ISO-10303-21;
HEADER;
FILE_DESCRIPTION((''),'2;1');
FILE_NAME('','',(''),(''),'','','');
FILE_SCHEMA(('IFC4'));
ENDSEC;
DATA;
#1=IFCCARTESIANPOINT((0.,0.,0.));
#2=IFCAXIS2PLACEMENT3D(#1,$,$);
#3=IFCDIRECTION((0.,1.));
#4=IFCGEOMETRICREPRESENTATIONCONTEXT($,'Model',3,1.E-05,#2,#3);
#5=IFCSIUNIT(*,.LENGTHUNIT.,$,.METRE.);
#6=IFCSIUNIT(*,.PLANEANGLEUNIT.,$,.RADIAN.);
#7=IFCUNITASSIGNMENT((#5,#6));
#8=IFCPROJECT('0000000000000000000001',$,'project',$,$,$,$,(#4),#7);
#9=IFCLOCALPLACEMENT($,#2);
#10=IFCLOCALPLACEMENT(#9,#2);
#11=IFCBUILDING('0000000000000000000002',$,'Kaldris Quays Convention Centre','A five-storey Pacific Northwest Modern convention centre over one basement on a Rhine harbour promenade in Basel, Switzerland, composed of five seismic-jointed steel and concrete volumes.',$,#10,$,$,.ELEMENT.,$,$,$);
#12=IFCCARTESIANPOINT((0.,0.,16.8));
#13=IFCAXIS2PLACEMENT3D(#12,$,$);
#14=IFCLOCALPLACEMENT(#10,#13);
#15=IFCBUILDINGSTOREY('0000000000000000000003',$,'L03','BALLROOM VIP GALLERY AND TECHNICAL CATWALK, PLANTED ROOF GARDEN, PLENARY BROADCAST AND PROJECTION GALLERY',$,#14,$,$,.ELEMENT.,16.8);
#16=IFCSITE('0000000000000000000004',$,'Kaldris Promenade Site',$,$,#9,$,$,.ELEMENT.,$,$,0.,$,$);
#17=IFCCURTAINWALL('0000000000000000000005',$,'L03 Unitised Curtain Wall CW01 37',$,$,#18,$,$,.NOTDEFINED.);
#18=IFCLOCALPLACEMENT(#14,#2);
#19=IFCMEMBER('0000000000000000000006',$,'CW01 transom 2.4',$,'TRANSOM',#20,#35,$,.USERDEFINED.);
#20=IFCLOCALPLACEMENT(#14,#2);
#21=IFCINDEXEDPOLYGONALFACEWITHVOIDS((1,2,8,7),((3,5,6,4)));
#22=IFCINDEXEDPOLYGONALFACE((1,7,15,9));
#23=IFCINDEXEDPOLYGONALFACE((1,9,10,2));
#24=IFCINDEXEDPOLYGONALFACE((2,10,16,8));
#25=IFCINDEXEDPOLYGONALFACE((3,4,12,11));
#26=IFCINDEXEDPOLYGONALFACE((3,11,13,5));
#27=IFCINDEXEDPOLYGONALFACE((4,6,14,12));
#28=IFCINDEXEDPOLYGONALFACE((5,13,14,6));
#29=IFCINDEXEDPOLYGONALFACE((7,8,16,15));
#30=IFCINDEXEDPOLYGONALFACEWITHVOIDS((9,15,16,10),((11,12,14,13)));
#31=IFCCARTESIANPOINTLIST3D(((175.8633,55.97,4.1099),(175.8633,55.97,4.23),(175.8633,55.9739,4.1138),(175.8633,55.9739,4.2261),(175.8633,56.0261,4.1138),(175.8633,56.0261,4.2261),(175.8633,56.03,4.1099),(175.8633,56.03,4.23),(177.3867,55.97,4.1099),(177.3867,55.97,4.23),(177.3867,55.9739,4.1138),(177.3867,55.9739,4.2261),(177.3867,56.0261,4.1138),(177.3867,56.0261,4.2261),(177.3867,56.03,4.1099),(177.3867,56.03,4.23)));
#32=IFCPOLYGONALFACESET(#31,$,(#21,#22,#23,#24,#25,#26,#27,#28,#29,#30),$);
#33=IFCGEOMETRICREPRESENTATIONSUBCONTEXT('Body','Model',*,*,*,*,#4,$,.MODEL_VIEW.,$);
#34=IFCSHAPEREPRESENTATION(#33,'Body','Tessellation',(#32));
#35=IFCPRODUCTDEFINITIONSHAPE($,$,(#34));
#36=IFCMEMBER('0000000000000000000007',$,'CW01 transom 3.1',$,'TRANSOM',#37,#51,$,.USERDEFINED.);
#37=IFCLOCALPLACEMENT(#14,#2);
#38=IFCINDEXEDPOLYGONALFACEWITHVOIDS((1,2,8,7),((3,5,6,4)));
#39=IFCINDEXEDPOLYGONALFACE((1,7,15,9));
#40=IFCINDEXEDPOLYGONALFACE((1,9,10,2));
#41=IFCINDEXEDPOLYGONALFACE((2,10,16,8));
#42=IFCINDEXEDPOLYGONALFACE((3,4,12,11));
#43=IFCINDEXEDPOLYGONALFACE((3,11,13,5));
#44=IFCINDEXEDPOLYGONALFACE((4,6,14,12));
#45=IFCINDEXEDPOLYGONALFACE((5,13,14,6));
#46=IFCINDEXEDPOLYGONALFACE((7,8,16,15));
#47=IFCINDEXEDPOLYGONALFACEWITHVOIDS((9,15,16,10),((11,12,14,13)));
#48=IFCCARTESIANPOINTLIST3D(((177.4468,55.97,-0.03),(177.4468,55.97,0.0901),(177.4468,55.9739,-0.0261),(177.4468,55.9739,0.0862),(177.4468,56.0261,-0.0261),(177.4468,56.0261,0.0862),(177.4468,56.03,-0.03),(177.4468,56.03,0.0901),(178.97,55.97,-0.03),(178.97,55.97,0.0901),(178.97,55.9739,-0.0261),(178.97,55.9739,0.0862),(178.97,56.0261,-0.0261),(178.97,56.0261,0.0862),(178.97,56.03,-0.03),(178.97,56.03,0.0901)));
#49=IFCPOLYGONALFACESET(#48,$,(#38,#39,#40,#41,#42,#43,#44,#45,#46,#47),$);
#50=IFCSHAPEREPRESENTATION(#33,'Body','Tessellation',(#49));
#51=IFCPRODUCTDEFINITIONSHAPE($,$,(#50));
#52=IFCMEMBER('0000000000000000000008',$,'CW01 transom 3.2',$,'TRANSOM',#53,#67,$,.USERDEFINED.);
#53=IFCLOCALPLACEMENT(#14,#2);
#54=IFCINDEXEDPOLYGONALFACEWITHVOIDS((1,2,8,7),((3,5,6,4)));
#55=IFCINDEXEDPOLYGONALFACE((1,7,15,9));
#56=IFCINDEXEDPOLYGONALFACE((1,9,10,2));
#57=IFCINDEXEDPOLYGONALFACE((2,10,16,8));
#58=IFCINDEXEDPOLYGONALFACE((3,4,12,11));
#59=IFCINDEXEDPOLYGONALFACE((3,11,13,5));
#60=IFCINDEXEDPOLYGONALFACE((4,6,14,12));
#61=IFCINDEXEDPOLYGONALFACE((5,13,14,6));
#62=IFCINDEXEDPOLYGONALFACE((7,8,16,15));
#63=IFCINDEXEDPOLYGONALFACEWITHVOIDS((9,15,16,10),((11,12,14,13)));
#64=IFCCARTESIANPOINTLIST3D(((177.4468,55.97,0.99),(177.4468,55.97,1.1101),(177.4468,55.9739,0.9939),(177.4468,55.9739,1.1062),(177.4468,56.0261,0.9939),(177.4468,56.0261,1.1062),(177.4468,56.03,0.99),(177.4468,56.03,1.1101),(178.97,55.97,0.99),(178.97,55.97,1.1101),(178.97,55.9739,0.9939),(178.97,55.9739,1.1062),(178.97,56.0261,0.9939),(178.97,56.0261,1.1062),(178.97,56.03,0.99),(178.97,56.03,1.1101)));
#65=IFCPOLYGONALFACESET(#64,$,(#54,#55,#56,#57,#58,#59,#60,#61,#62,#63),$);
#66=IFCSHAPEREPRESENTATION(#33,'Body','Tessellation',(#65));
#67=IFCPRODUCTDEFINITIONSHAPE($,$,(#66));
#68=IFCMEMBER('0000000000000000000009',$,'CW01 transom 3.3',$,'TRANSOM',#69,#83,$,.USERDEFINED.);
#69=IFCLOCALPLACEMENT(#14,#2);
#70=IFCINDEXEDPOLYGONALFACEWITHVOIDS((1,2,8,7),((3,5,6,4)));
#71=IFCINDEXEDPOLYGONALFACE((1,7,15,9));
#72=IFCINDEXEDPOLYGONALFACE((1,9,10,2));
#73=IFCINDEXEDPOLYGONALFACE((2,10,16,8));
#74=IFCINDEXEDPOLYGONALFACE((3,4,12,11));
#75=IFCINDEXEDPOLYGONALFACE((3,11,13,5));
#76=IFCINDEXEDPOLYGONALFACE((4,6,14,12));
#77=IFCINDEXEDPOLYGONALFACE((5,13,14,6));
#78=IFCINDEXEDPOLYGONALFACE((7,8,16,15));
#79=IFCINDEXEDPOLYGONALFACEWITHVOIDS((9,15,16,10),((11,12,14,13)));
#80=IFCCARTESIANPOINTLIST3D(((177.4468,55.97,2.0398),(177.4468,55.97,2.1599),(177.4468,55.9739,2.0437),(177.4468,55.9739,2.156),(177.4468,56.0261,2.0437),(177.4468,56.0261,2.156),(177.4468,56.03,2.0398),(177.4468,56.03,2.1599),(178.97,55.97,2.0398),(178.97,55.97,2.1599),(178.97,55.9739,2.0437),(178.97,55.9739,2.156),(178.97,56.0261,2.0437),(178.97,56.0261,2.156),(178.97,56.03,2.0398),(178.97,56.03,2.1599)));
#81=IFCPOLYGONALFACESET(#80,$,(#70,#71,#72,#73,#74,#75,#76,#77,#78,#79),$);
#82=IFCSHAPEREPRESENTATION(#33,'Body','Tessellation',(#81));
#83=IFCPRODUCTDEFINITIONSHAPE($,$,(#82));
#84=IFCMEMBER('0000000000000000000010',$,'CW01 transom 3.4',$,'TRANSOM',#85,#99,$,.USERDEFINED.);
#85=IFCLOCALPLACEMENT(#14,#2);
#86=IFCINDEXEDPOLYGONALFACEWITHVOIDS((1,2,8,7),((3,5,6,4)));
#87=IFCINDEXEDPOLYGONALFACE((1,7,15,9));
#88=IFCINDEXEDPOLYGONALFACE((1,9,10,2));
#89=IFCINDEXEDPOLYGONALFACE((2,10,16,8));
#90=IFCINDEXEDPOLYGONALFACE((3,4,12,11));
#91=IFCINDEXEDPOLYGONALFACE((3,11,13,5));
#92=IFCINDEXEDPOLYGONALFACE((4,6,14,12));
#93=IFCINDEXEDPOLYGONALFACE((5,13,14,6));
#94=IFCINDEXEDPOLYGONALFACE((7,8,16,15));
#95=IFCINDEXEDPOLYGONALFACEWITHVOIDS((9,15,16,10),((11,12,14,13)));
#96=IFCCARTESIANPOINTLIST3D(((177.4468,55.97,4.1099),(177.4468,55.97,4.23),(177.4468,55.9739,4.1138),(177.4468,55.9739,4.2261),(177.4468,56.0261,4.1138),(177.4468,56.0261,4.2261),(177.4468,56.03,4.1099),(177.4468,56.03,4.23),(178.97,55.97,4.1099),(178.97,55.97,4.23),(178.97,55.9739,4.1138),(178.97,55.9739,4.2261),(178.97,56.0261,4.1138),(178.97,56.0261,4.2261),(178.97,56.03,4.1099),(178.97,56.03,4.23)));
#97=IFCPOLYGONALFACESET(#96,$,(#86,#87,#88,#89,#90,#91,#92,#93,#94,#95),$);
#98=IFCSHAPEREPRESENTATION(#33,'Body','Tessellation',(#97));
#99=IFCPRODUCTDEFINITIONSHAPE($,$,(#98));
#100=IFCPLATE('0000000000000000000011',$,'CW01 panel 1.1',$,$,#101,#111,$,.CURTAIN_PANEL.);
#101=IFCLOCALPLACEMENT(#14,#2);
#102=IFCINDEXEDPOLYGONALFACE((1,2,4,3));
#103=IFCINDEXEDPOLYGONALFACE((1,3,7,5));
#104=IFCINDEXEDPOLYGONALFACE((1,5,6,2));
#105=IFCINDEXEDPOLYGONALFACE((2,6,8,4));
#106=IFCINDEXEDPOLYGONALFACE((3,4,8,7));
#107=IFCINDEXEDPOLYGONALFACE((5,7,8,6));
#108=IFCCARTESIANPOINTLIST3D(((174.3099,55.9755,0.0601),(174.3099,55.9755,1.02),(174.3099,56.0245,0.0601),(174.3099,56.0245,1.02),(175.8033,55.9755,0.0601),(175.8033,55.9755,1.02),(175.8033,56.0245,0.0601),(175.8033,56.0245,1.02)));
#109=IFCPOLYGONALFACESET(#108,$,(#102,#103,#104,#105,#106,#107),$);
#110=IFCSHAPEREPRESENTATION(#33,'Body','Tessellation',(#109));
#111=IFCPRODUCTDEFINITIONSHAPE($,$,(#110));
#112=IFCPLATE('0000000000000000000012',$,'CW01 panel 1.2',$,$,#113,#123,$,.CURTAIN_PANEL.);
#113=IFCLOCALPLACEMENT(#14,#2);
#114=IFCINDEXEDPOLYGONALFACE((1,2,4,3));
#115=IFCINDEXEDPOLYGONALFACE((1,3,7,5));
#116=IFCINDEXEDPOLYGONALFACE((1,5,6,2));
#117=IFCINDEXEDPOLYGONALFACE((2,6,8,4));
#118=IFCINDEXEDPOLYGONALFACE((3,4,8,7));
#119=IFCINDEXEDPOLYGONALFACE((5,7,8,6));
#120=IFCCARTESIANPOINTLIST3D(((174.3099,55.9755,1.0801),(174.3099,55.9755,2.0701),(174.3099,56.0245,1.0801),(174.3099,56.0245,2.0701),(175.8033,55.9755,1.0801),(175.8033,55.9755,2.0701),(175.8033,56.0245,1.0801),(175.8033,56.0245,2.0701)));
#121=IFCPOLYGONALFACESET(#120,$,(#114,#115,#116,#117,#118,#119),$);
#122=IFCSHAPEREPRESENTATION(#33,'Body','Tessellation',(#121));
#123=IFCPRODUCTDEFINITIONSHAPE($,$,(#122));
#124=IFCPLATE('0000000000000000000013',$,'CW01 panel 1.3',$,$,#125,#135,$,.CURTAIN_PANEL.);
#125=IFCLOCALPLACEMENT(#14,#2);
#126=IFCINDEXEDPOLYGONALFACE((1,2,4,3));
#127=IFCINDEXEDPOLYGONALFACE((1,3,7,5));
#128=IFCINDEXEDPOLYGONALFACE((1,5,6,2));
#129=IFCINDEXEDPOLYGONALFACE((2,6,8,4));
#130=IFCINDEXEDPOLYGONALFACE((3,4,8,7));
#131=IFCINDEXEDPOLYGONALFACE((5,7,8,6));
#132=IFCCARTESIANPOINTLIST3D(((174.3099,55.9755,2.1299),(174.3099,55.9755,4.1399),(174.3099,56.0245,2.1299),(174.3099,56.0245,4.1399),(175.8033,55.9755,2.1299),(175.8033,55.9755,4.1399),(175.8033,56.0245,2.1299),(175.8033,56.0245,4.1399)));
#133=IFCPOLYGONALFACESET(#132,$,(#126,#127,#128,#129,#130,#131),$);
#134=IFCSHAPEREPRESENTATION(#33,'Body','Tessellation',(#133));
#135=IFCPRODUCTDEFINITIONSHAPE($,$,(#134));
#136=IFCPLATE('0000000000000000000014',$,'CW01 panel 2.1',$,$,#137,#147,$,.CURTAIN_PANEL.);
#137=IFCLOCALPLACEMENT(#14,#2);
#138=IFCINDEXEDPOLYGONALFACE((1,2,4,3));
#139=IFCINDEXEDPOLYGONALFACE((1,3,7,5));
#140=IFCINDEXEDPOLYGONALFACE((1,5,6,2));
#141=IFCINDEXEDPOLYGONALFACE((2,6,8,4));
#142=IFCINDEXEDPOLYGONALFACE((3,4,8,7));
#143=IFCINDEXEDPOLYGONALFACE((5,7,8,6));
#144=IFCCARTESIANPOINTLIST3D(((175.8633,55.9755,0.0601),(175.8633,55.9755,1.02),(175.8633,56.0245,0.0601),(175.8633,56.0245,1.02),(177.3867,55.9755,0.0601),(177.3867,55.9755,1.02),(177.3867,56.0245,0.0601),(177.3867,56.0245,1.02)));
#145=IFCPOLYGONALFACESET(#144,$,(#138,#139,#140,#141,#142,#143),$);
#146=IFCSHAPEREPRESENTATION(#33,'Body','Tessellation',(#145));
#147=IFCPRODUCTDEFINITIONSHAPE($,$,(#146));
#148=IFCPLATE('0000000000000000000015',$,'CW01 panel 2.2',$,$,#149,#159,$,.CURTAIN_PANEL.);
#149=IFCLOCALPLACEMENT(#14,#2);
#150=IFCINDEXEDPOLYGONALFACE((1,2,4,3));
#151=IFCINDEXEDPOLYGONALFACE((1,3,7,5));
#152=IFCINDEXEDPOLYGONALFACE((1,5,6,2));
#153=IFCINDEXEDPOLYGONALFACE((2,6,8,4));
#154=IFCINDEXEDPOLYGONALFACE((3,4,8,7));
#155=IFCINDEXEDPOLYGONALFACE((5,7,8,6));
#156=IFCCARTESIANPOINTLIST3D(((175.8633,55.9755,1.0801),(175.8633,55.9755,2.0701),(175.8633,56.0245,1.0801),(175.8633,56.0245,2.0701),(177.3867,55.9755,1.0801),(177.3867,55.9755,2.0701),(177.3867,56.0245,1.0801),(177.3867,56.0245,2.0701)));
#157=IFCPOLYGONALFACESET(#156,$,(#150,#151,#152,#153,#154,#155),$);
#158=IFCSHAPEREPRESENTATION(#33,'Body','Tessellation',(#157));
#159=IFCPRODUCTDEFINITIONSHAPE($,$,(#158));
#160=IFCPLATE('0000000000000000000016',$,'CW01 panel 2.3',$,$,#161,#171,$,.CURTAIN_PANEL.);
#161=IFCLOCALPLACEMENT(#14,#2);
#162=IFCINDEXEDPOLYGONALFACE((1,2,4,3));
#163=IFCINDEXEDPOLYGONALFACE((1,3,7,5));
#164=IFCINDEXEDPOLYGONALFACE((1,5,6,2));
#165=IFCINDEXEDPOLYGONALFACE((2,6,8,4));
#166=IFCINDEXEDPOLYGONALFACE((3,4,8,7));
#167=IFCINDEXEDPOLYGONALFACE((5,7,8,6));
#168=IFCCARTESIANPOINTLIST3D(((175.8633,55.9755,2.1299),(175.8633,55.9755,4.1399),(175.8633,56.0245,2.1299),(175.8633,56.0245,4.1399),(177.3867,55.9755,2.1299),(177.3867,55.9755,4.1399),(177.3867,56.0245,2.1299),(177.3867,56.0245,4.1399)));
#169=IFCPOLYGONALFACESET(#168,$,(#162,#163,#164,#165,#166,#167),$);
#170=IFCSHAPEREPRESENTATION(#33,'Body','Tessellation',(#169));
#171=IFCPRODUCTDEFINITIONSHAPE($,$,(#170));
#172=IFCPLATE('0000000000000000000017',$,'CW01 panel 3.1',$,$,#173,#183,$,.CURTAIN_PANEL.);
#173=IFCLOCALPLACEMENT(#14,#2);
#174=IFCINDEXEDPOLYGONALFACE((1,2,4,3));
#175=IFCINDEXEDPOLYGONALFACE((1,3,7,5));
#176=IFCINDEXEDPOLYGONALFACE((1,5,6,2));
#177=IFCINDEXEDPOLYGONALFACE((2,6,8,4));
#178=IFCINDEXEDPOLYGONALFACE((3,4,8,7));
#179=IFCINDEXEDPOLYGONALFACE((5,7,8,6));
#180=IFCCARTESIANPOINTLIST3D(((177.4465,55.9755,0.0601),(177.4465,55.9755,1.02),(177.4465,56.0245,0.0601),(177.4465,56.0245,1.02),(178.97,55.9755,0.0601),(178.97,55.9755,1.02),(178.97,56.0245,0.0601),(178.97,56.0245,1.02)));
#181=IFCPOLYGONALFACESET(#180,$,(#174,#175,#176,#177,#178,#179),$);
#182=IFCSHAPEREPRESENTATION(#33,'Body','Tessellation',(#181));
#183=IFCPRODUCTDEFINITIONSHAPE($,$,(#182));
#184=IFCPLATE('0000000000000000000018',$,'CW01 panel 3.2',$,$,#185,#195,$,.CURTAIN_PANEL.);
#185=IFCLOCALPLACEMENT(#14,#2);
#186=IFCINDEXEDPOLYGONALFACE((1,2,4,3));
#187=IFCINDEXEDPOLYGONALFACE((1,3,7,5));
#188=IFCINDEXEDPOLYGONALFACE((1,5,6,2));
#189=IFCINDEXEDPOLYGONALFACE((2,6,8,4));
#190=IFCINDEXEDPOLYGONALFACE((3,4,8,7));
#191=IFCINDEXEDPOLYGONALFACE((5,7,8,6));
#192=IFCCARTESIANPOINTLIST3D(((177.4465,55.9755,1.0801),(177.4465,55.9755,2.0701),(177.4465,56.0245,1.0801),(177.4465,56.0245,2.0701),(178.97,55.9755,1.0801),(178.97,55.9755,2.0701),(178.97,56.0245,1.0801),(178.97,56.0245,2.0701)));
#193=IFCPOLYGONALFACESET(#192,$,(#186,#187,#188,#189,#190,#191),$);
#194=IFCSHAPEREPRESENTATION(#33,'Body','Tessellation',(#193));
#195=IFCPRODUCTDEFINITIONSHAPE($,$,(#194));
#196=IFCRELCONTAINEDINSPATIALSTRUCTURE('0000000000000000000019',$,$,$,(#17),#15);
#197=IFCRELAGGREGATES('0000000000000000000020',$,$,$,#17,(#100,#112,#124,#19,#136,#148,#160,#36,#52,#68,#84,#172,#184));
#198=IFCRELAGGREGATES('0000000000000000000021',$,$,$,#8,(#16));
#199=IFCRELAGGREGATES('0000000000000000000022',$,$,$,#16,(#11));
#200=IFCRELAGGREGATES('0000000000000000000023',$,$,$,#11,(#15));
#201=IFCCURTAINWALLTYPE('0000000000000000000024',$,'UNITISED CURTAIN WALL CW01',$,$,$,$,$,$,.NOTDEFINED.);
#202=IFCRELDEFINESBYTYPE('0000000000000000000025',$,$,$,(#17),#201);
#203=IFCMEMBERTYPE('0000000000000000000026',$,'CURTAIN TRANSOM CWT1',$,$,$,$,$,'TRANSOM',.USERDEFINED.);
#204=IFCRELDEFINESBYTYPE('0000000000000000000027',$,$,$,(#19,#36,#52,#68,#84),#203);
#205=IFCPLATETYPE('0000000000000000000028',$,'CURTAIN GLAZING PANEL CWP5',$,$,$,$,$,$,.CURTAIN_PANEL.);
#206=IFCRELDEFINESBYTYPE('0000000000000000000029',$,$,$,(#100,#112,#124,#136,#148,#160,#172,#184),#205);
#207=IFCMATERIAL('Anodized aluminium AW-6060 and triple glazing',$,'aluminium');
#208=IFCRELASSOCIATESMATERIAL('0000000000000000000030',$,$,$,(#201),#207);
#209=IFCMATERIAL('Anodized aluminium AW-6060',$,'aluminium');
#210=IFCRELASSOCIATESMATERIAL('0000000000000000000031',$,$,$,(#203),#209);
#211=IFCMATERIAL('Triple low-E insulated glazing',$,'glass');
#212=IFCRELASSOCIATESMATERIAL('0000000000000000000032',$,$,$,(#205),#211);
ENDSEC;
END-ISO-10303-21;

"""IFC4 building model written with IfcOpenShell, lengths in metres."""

from ifc_helpers import new_model, si_unit, direction, frame, origin, origin_2d, place, context, subcontext, project, spatial, rectangle, hollow_rectangle, extrude, material, material_profile, profile_set, type_object, element, aggregate, save


model = new_model("IFC4")

# Units and contexts
model_context = context("Model", 3, precision=1e-05, world=origin(), true_north=direction((0.0, 1.0)))
body_context = subcontext(model_context, "Body", "Model", "MODEL_VIEW")
ifc_project = project(units=[si_unit("LENGTHUNIT", "METRE"), si_unit("PLANEANGLEUNIT", "RADIAN")], contexts=[model_context])

# Site, building, storey
site_placement = place(None, origin())
site = spatial("IfcSite", under=ifc_project, at=site_placement, Name="Kaldris Promenade Site", CompositionType="ELEMENT", RefElevation=0.0)
building_placement = place(site_placement, origin())
building = spatial("IfcBuilding", under=site, at=building_placement, Name="Kaldris Quays Convention Centre", Description="A five-storey Pacific Northwest Modern convention centre over one basement on a Rhine harbour promenade in Basel, Switzerland, composed of five seismic-jointed steel and concrete volumes.", CompositionType="ELEMENT")
storey_placement = place(building_placement, frame((0.0, 0.0, 16.8)))
storey = spatial("IfcBuildingStorey", under=building, at=storey_placement, Name="L03", Description="BALLROOM VIP GALLERY AND TECHNICAL CATWALK, PLANTED ROOF GARDEN, PLENARY BROADCAST AND PROJECTION GALLERY", CompositionType="ELEMENT", Elevation=16.8)

# Curtain wall, members, plates
ifc_material_1 = material(Name="Anodized aluminium AW-6060 and triple glazing", Category="aluminium")
curtain_wall_type = type_object("IfcCurtainWallType", Name="UNITISED CURTAIN WALL CW01", PredefinedType="NOTDEFINED", material=ifc_material_1)
curtain_wall_placement = place(storey_placement, origin())
curtain_wall = element("IfcCurtainWall", 1, at=curtain_wall_placement, inside=storey, type_object=curtain_wall_type, Name="L03 Unitised Curtain Wall CW01 37", PredefinedType="NOTDEFINED")
ifc_material_2 = material(Name="Anodized aluminium AW-6060", Category="aluminium")
ifc_material_profile_1 = material_profile(ifc_material_2, hollow_rectangle(XDim=0.0601, YDim=0.1201, WallThickness=0.0039, at=origin_2d()), Name="RHS 120x60x4")
ifc_profile_set_1 = profile_set([ifc_material_profile_1], Name="Anodized aluminium AW-6060")
member_type_1 = type_object("IfcMemberType", Name="CURTAIN TRANSOM CWT1", ElementType="TRANSOM", PredefinedType="USERDEFINED", material=ifc_profile_set_1)
member_1_placement = place(storey_placement, frame((175.8633, 56.0, 4.1699), z_axis=(1.0, 0.0, 0.0), x_axis=(0.0, 1.0, 0.0)))
member_1 = element("IfcMember", 2, at=member_1_placement, type_object=member_type_1, Name="CW01 transom 2.4", ObjectType="TRANSOM", PredefinedType="USERDEFINED", context=body_context, shape_type="SweptSolid", body=[
    extrude(hollow_rectangle(XDim=0.0601, YDim=0.1201, WallThickness=0.0039, at=origin_2d()), origin(), (0.0, 0.0, 1.0), 1.5234),
])
member_2_placement = place(storey_placement, frame((177.4468, 56.0, 0.03), z_axis=(1.0, 0.0, 0.0), x_axis=(0.0, 1.0, 0.0)))
member_2 = element("IfcMember", 3, at=member_2_placement, type_object=member_type_1, Name="CW01 transom 3.1", ObjectType="TRANSOM", PredefinedType="USERDEFINED", context=body_context, shape_type="SweptSolid", body=[
    extrude(hollow_rectangle(XDim=0.0601, YDim=0.1201, WallThickness=0.0039, at=origin_2d()), origin(), (0.0, 0.0, 1.0), 1.5232),
])
member_3_placement = place(storey_placement, frame((177.4468, 56.0, 1.05), z_axis=(1.0, 0.0, 0.0), x_axis=(0.0, 1.0, 0.0)))
member_3 = element("IfcMember", 4, at=member_3_placement, type_object=member_type_1, Name="CW01 transom 3.2", ObjectType="TRANSOM", PredefinedType="USERDEFINED", context=body_context, shape_type="SweptSolid", body=[
    extrude(hollow_rectangle(XDim=0.0601, YDim=0.1201, WallThickness=0.0039, at=origin_2d()), origin(), (0.0, 0.0, 1.0), 1.5232),
])
member_4_placement = place(storey_placement, frame((177.4468, 56.0, 2.0999), z_axis=(1.0, 0.0, 0.0), x_axis=(0.0, 1.0, 0.0)))
member_4 = element("IfcMember", 5, at=member_4_placement, type_object=member_type_1, Name="CW01 transom 3.3", ObjectType="TRANSOM", PredefinedType="USERDEFINED", context=body_context, shape_type="SweptSolid", body=[
    extrude(hollow_rectangle(XDim=0.0601, YDim=0.1201, WallThickness=0.0039, at=origin_2d()), origin(), (0.0, 0.0, 1.0), 1.5232),
])
member_5_placement = place(storey_placement, frame((177.4468, 56.0, 4.1699), z_axis=(1.0, 0.0, 0.0), x_axis=(0.0, 1.0, 0.0)))
member_5 = element("IfcMember", 6, at=member_5_placement, type_object=member_type_1, Name="CW01 transom 3.4", ObjectType="TRANSOM", PredefinedType="USERDEFINED", context=body_context, shape_type="SweptSolid", body=[
    extrude(hollow_rectangle(XDim=0.0601, YDim=0.1201, WallThickness=0.0039, at=origin_2d()), origin(), (0.0, 0.0, 1.0), 1.5232),
])
ifc_material_3 = material(Name="Triple low-E insulated glazing", Category="glass")
plate_type = type_object("IfcPlateType", Name="CURTAIN GLAZING PANEL CWP5", PredefinedType="CURTAIN_PANEL", material=ifc_material_3)
plate_1_placement = place(storey_placement, frame((175.0566, 56.0, 0.0601), z_axis=(0.0, 0.0, 1.0), x_axis=(1.0, 0.0, 0.0)))
plate_1 = element("IfcPlate", 7, at=plate_1_placement, type_object=plate_type, Name="CW01 panel 1.1", PredefinedType="CURTAIN_PANEL", context=body_context, shape_type="SweptSolid", body=[
    extrude(rectangle(XDim=1.4934, YDim=0.0491, at=origin_2d()), origin(), (0.0, 0.0, 1.0), 0.96),
])
plate_2_placement = place(storey_placement, frame((175.0566, 56.0, 1.0801), z_axis=(0.0, 0.0, 1.0), x_axis=(1.0, 0.0, 0.0)))
plate_2 = element("IfcPlate", 8, at=plate_2_placement, type_object=plate_type, Name="CW01 panel 1.2", PredefinedType="CURTAIN_PANEL", context=body_context, shape_type="SweptSolid", body=[
    extrude(rectangle(XDim=1.4934, YDim=0.0491, at=origin_2d()), origin(), (0.0, 0.0, 1.0), 0.99),
])
plate_3_placement = place(storey_placement, frame((175.0566, 56.0, 2.1299), z_axis=(0.0, 0.0, 1.0), x_axis=(1.0, 0.0, 0.0)))
plate_3 = element("IfcPlate", 9, at=plate_3_placement, type_object=plate_type, Name="CW01 panel 1.3", PredefinedType="CURTAIN_PANEL", context=body_context, shape_type="SweptSolid", body=[
    extrude(rectangle(XDim=1.4934, YDim=0.0491, at=origin_2d()), origin(), (0.0, 0.0, 1.0), 2.01),
])
plate_4_placement = place(storey_placement, frame((176.625, 56.0, 0.0601), z_axis=(0.0, 0.0, 1.0), x_axis=(1.0, 0.0, 0.0)))
plate_4 = element("IfcPlate", 10, at=plate_4_placement, type_object=plate_type, Name="CW01 panel 2.1", PredefinedType="CURTAIN_PANEL", context=body_context, shape_type="SweptSolid", body=[
    extrude(rectangle(XDim=1.5234, YDim=0.0491, at=origin_2d()), origin(), (0.0, 0.0, 1.0), 0.96),
])
plate_5_placement = place(storey_placement, frame((176.625, 56.0, 1.0801), z_axis=(0.0, 0.0, 1.0), x_axis=(1.0, 0.0, 0.0)))
plate_5 = element("IfcPlate", 11, at=plate_5_placement, type_object=plate_type, Name="CW01 panel 2.2", PredefinedType="CURTAIN_PANEL", context=body_context, shape_type="SweptSolid", body=[
    extrude(rectangle(XDim=1.5234, YDim=0.0491, at=origin_2d()), origin(), (0.0, 0.0, 1.0), 0.99),
])
plate_6_placement = place(storey_placement, frame((176.625, 56.0, 2.1299), z_axis=(0.0, 0.0, 1.0), x_axis=(1.0, 0.0, 0.0)))
plate_6 = element("IfcPlate", 12, at=plate_6_placement, type_object=plate_type, Name="CW01 panel 2.3", PredefinedType="CURTAIN_PANEL", context=body_context, shape_type="SweptSolid", body=[
    extrude(rectangle(XDim=1.5234, YDim=0.0491, at=origin_2d()), origin(), (0.0, 0.0, 1.0), 2.01),
])
plate_7_placement = place(storey_placement, frame((178.2083, 56.0, 0.0601), z_axis=(0.0, 0.0, 1.0), x_axis=(1.0, 0.0, 0.0)))
plate_7 = element("IfcPlate", 13, at=plate_7_placement, type_object=plate_type, Name="CW01 panel 3.1", PredefinedType="CURTAIN_PANEL", context=body_context, shape_type="SweptSolid", body=[
    extrude(rectangle(XDim=1.5234, YDim=0.0491, at=origin_2d()), origin(), (0.0, 0.0, 1.0), 0.96),
])
plate_8_placement = place(storey_placement, frame((178.2083, 56.0, 1.0801), z_axis=(0.0, 0.0, 1.0), x_axis=(1.0, 0.0, 0.0)))
plate_8 = element("IfcPlate", 14, at=plate_8_placement, type_object=plate_type, Name="CW01 panel 3.2", PredefinedType="CURTAIN_PANEL", context=body_context, shape_type="SweptSolid", body=[
    extrude(rectangle(XDim=1.5234, YDim=0.0491, at=origin_2d()), origin(), (0.0, 0.0, 1.0), 0.99),
])
aggregate(curtain_wall, [plate_1, plate_2, plate_3, member_1, plate_4, plate_5, plate_6, member_2, member_3, member_4, member_5, plate_7, plate_8])

save(model, "model.ifc")
